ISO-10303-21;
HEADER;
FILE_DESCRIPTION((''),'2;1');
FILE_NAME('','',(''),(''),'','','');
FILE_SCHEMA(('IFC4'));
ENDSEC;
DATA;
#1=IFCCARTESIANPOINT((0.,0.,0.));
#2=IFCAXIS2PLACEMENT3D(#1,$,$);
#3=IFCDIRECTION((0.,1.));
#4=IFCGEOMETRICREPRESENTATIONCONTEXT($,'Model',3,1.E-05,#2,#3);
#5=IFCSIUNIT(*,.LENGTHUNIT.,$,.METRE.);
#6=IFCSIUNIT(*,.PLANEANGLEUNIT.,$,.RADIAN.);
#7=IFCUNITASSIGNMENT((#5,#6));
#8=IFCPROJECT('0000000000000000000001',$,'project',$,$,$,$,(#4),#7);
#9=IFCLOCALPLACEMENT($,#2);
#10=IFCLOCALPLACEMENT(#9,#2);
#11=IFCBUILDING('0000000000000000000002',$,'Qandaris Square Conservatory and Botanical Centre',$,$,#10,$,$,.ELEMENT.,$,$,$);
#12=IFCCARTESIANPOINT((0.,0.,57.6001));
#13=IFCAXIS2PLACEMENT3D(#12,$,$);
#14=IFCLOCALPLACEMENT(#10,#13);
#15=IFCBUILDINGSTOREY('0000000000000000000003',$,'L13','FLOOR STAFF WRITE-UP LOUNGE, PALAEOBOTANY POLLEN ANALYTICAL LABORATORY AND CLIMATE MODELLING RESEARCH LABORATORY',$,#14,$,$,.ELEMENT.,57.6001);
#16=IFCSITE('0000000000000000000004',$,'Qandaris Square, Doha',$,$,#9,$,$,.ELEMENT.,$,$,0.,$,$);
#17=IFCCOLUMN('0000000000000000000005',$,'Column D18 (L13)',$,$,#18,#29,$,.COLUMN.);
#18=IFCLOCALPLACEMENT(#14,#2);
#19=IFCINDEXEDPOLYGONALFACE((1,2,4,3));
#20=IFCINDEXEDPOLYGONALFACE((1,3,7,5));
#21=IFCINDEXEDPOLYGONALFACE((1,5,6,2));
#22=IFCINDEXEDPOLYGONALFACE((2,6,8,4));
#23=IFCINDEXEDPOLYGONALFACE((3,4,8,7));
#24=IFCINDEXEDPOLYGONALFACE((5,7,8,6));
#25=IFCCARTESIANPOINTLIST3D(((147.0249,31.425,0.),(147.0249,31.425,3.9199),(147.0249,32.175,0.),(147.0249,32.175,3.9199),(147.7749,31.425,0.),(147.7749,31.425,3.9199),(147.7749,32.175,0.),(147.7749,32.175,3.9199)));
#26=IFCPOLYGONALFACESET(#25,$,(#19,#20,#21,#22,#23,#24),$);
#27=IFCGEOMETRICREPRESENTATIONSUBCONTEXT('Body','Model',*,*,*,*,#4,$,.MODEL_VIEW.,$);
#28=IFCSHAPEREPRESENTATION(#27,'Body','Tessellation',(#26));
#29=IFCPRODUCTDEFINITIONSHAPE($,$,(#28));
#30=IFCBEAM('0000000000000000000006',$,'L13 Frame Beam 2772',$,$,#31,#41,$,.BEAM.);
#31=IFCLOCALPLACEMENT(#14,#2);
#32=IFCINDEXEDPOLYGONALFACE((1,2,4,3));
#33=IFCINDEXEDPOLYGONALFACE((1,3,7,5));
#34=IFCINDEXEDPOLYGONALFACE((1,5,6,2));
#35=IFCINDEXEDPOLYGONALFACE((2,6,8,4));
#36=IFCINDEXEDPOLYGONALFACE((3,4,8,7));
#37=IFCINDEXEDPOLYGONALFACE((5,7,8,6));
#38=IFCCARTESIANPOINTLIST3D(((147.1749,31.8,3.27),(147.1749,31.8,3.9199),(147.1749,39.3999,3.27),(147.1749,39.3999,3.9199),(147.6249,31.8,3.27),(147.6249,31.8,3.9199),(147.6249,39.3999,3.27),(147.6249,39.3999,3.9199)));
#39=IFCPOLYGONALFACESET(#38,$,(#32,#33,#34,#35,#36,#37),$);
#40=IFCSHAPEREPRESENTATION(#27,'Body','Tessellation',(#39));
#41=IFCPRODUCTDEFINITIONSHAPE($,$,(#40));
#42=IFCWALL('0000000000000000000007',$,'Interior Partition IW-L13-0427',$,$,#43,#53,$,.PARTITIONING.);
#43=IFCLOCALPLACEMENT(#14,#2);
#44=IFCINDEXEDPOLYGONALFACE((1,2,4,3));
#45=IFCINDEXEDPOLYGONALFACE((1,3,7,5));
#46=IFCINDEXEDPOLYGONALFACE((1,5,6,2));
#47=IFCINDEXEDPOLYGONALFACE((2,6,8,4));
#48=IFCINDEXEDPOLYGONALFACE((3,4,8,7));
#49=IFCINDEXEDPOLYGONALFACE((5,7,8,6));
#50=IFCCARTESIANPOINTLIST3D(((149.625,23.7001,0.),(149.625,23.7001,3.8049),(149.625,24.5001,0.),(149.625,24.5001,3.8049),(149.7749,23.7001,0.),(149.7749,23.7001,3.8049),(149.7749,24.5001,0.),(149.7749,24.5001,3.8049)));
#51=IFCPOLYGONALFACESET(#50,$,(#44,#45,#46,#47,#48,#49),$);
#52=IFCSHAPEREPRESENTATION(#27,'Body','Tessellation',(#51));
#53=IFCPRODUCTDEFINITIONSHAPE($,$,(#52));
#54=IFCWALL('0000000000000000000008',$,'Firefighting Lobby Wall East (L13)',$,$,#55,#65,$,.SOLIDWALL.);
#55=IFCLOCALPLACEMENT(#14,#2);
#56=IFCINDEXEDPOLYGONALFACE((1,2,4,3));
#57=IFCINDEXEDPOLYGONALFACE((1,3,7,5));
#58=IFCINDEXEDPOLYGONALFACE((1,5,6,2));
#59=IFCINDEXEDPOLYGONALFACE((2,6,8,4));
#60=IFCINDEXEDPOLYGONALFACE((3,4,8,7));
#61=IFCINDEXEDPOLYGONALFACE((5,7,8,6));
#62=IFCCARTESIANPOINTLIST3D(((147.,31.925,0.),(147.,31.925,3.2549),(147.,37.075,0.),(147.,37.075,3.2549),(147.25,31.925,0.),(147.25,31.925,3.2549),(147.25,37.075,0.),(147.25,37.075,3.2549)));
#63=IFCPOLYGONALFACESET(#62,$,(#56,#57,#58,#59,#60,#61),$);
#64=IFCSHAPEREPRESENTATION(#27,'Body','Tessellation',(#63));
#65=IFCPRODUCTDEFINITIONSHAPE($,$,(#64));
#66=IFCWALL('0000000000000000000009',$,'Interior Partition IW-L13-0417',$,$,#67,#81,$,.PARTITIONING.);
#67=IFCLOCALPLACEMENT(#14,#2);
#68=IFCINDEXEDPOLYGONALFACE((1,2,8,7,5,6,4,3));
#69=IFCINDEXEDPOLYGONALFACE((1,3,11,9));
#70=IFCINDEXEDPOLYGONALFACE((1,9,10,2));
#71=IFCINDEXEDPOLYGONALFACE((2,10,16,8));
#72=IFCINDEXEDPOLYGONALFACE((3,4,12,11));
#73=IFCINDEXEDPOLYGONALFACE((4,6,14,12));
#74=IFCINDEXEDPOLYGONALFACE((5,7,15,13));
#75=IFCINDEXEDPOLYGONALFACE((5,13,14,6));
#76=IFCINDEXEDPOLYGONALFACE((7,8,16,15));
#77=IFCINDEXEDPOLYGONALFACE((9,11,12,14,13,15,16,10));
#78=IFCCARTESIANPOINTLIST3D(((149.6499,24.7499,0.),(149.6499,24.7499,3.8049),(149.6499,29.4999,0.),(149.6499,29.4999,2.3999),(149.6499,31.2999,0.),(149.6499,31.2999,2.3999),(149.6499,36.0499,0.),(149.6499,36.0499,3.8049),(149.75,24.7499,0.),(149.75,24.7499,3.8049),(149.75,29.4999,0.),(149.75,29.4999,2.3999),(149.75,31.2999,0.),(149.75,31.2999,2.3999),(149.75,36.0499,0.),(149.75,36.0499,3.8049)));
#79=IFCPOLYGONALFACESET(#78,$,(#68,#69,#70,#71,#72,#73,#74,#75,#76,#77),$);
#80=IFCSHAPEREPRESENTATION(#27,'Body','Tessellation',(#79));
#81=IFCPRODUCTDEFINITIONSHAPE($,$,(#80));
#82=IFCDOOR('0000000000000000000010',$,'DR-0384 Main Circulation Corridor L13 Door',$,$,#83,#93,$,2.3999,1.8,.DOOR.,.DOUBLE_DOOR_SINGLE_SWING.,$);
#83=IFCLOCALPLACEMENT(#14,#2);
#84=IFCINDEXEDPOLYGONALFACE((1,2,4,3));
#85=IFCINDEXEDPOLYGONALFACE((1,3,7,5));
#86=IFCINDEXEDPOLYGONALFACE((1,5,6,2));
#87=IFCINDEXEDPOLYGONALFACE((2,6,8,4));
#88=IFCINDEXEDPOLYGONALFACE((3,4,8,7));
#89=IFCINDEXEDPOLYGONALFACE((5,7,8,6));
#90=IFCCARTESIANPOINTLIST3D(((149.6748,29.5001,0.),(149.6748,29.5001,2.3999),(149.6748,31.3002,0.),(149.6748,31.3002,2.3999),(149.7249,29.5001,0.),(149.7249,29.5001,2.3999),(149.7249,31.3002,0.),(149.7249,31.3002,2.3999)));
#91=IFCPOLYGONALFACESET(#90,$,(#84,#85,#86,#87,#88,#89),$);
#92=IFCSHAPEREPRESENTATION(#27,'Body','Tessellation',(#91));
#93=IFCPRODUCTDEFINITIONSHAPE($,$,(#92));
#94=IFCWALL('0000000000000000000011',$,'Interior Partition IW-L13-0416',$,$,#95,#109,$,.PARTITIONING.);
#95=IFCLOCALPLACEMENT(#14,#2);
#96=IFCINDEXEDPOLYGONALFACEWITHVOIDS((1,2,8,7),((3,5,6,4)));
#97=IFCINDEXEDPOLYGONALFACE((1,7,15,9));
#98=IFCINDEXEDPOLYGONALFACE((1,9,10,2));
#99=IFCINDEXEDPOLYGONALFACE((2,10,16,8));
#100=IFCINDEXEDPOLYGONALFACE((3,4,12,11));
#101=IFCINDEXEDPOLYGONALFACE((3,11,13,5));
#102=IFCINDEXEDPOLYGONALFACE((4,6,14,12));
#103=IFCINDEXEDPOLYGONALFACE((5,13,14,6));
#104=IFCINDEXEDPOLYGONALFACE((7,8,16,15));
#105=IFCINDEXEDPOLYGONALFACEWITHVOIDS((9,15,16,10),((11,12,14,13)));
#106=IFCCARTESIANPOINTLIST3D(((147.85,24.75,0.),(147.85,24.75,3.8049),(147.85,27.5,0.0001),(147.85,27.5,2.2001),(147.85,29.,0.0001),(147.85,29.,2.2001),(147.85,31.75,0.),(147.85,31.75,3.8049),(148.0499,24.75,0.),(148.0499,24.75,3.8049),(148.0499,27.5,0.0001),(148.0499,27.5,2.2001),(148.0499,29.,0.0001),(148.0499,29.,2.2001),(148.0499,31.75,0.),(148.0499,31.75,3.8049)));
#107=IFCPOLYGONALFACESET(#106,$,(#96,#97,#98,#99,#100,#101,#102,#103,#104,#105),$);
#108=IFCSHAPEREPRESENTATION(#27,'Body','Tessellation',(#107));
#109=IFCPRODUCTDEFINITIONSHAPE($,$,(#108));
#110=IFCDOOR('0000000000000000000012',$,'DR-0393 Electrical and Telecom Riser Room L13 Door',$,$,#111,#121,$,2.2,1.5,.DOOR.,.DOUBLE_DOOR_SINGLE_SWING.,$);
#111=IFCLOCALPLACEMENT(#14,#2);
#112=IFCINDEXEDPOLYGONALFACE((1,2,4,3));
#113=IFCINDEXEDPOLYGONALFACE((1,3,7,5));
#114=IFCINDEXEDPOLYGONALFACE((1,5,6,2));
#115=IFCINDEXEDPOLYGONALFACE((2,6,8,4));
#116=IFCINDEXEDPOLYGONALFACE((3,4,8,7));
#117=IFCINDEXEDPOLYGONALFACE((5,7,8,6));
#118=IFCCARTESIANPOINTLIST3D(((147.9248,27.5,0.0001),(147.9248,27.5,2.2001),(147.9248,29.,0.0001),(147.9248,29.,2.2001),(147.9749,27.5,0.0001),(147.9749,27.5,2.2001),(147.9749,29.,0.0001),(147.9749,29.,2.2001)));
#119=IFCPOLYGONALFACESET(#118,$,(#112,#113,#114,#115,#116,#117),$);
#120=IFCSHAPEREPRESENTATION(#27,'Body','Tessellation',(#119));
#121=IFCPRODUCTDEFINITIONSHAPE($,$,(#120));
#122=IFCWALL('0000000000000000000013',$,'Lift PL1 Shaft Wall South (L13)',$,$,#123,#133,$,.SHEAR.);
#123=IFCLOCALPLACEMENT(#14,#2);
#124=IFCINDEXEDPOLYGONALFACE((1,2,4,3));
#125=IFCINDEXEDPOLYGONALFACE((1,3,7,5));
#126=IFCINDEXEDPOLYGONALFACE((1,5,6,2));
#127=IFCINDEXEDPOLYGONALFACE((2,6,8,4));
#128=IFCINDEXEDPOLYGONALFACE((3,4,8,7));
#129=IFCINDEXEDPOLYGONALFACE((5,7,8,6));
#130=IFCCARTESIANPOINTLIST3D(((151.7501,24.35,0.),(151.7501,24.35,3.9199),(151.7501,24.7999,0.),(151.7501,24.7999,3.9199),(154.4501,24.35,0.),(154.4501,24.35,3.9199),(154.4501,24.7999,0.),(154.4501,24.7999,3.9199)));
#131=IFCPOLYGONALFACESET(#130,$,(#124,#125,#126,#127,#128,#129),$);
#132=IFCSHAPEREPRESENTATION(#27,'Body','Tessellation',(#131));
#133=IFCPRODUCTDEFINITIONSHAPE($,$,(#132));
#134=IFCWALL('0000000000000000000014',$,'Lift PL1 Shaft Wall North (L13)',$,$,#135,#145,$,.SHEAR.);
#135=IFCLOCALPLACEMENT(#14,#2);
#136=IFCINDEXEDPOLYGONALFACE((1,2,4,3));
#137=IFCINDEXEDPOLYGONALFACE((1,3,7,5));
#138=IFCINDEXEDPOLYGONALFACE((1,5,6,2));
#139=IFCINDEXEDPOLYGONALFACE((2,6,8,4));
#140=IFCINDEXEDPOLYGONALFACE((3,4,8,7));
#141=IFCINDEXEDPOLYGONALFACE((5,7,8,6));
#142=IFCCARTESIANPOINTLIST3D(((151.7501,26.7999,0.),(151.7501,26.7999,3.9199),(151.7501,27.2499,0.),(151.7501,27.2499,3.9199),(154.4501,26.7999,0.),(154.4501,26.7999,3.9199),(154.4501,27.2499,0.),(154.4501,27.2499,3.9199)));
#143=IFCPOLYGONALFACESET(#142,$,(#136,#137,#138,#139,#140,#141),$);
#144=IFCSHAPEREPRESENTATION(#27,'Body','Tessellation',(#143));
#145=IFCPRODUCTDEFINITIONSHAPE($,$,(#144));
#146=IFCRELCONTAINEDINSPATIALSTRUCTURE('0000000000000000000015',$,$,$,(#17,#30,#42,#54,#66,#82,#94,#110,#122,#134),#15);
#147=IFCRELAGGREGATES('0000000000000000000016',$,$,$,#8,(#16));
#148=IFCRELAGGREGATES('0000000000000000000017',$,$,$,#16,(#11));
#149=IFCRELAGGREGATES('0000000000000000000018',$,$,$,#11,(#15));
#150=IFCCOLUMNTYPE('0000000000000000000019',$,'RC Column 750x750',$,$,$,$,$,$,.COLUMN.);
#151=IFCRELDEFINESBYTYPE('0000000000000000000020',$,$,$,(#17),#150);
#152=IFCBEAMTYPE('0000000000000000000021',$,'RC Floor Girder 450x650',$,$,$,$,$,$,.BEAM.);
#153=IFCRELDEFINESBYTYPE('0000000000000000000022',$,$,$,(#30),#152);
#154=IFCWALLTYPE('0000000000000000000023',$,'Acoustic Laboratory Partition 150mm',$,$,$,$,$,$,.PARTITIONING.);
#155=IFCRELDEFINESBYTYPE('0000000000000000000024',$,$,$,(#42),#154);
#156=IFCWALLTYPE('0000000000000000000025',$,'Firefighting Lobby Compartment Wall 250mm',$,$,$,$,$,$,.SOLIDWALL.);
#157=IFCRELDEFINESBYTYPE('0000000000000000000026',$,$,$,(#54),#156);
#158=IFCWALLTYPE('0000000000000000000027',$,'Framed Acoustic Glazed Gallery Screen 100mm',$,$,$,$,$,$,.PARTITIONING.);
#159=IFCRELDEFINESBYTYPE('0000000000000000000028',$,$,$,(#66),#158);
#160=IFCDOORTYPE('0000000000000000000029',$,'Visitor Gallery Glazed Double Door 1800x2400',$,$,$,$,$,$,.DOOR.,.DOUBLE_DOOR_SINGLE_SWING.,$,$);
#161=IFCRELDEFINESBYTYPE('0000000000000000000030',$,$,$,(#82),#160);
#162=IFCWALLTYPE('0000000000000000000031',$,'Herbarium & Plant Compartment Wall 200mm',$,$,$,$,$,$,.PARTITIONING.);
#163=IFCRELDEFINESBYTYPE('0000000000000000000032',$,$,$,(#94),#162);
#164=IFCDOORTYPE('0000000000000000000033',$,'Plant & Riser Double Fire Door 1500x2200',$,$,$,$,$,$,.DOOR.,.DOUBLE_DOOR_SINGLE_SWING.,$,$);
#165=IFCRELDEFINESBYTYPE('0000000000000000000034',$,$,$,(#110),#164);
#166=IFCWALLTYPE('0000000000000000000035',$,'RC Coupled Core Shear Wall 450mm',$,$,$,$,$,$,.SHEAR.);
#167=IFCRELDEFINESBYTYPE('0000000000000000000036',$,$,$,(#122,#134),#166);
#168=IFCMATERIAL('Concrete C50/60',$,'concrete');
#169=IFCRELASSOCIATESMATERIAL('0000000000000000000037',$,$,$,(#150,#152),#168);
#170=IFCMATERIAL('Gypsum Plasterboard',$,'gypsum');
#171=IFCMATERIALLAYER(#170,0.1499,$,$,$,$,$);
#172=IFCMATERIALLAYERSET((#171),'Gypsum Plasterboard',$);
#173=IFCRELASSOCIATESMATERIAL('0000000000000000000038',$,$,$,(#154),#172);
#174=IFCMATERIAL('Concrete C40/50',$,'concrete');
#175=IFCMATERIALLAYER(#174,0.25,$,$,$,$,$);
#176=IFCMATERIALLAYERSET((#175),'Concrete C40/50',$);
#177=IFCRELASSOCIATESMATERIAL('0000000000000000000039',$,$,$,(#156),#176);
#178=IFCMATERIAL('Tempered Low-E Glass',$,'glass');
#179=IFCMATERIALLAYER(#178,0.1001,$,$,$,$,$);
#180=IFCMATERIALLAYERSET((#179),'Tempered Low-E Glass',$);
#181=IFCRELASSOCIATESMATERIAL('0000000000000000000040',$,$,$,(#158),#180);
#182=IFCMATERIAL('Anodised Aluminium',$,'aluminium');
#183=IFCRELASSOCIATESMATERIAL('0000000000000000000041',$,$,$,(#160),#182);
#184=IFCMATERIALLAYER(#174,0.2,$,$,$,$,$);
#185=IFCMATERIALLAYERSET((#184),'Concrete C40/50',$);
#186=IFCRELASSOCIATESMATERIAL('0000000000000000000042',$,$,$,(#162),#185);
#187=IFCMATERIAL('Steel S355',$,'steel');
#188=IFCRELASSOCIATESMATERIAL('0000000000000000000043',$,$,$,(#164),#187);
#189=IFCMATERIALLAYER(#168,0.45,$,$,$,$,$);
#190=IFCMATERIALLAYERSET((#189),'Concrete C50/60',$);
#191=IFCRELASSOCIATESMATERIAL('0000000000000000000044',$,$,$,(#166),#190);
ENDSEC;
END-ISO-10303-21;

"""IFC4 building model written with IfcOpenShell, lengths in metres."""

from ifc_helpers import new_model, si_unit, direction, frame, frame_2d, origin, origin_2d, place, context, subcontext, project, spatial, rectangle, extrude, material, layer, layer_set, material_profile, profile_set, type_object, element, fill, save


model = new_model("IFC4")

# Units and contexts
model_context = context("Model", 3, precision=1e-05, world=origin(), true_north=direction((0.0, 1.0)))
body_context = subcontext(model_context, "Body", "Model", "MODEL_VIEW")
ifc_project = project(units=[si_unit("LENGTHUNIT", "METRE"), si_unit("PLANEANGLEUNIT", "RADIAN")], contexts=[model_context])

# Site, building, storey
site_placement = place(None, origin())
site = spatial("IfcSite", under=ifc_project, at=site_placement, Name="Qandaris Square, Doha", CompositionType="ELEMENT", RefElevation=0.0)
building_placement = place(site_placement, origin())
building = spatial("IfcBuilding", under=site, at=building_placement, Name="Qandaris Square Conservatory and Botanical Centre", CompositionType="ELEMENT")
storey_placement = place(building_placement, frame((0.0, 0.0, 57.6001)))
storey = spatial("IfcBuildingStorey", under=building, at=storey_placement, Name="L13", Description="FLOOR STAFF WRITE-UP LOUNGE, PALAEOBOTANY POLLEN ANALYTICAL LABORATORY AND CLIMATE MODELLING RESEARCH LABORATORY", CompositionType="ELEMENT", Elevation=57.6001)

# Column
ifc_material_1 = material(Name="Concrete C50/60", Category="concrete")
ifc_material_profile_1 = material_profile(ifc_material_1, rectangle(XDim=0.75, YDim=0.75, at=origin_2d()), Name="RC-COL 750x750")
ifc_profile_set_1 = profile_set([ifc_material_profile_1], Name="Concrete C50/60")
column_type = type_object("IfcColumnType", Name="RC Column 750x750", PredefinedType="COLUMN", material=ifc_profile_set_1)
column_placement = place(storey_placement, frame((147.3999, 31.8, 0.0), z_axis=(0.0, 0.0, 1.0), x_axis=(1.0, 0.0, 0.0)))
element("IfcColumn", 1, at=column_placement, inside=storey, type_object=column_type, Name="Column D18 (L13)", PredefinedType="COLUMN", context=body_context, shape_type="SweptSolid", body=[
    extrude(rectangle(XDim=0.75, YDim=0.75, at=origin_2d()), origin(), (0.0, 0.0, 1.0), 3.9199),
])

# Beam
ifc_material_profile_2 = material_profile(ifc_material_1, rectangle(XDim=0.45, YDim=0.6499, at=origin_2d()), Name="RC-BM 450x650")
ifc_profile_set_2 = profile_set([ifc_material_profile_2], Name="Concrete C50/60")
beam_type = type_object("IfcBeamType", Name="RC Floor Girder 450x650", PredefinedType="BEAM", material=ifc_profile_set_2)
beam_placement = place(storey_placement, frame((147.3999, 31.8, 3.595), z_axis=(0.0, 1.0, 0.0), x_axis=(-1.0, 0.0, 0.0)))
element("IfcBeam", 2, at=beam_placement, inside=storey, type_object=beam_type, Name="L13 Frame Beam 2772", PredefinedType="BEAM", context=body_context, shape_type="SweptSolid", body=[
    extrude(rectangle(XDim=0.45, YDim=0.6499, at=origin_2d()), origin(), (0.0, 0.0, 1.0), 7.5999),
])

# Walls
ifc_material_2 = material(Name="Gypsum Plasterboard", Category="gypsum")
ifc_layer_1 = layer(ifc_material_2, 0.1499)
ifc_layer_set_1 = layer_set([ifc_layer_1], Name="Gypsum Plasterboard")
wall_type_1 = type_object("IfcWallType", Name="Acoustic Laboratory Partition 150mm", PredefinedType="PARTITIONING", material=ifc_layer_set_1)
wall_1_placement = place(storey_placement, frame((149.7, 24.5, 0.0), z_axis=(0.0, 0.0, 1.0), x_axis=(0.0, -1.0, 0.0)))
element("IfcWall", 3, at=wall_1_placement, inside=storey, type_object=wall_type_1, Name="Interior Partition IW-L13-0427", PredefinedType="PARTITIONING", context=body_context, shape_type="SweptSolid", body=[
    extrude(rectangle(XDim=0.8, YDim=0.1499, at=frame_2d((0.3999, 0.0))), origin(), (0.0, 0.0, 1.0), 3.8049),
])
ifc_material_3 = material(Name="Concrete C40/50", Category="concrete")
ifc_layer_2 = layer(ifc_material_3, 0.25)
ifc_layer_set_2 = layer_set([ifc_layer_2], Name="Concrete C40/50")
wall_type_2 = type_object("IfcWallType", Name="Firefighting Lobby Compartment Wall 250mm", PredefinedType="SOLIDWALL", material=ifc_layer_set_2)
wall_2_placement = place(storey_placement, frame((147.125, 31.925, 0.0), z_axis=(0.0, 0.0, 1.0), x_axis=(0.0, 1.0, 0.0)))
element("IfcWall", 4, at=wall_2_placement, inside=storey, type_object=wall_type_2, Name="Firefighting Lobby Wall East (L13)", PredefinedType="SOLIDWALL", context=body_context, shape_type="SweptSolid", body=[
    extrude(rectangle(XDim=5.1499, YDim=0.25, at=frame_2d((2.575, 0.0))), origin(), (0.0, 0.0, 1.0), 3.2549),
])

# Walls, openings, doors
ifc_material_4 = material(Name="Tempered Low-E Glass", Category="glass")
ifc_layer_3 = layer(ifc_material_4, 0.1001)
ifc_layer_set_3 = layer_set([ifc_layer_3], Name="Tempered Low-E Glass")
wall_type_3 = type_object("IfcWallType", Name="Framed Acoustic Glazed Gallery Screen 100mm", PredefinedType="PARTITIONING", material=ifc_layer_set_3)
wall_3_placement = place(storey_placement, frame((149.7, 24.75, 0.0), z_axis=(0.0, 0.0, 1.0), x_axis=(0.0, 1.0, 0.0)))
wall_3 = element("IfcWall", 5, at=wall_3_placement, inside=storey, type_object=wall_type_3, Name="Interior Partition IW-L13-0417", PredefinedType="PARTITIONING", context=body_context, shape_type="SweptSolid", body=[
    extrude(rectangle(XDim=11.3, YDim=0.1001, at=frame_2d((5.6499, 0.0))), origin(), (0.0, 0.0, 1.0), 3.8049),
])
opening_1_placement = place(wall_3_placement, frame((4.75, 0.0, 0.0)))
opening_1 = element("IfcOpeningElement", 6, at=opening_1_placement, cuts=wall_3, PredefinedType="OPENING", context=body_context, shape_type="SweptSolid", body=[
    extrude(rectangle(XDim=1.8, YDim=2.3999, at=frame_2d((0.8999, 1.2))), frame((0.0, 0.062, 0.0), z_axis=(0.0, -1.0, 0.0), x_axis=(1.0, 0.0, 0.0)), (0.0, 0.0, 1.0), 0.124),
])
ifc_material_5 = material(Name="Anodised Aluminium", Category="aluminium")
door_type_1 = type_object("IfcDoorType", Name="Visitor Gallery Glazed Double Door 1800x2400", OperationType="DOUBLE_DOOR_SINGLE_SWING", PredefinedType="DOOR", material=ifc_material_5)
door_1_placement = place(opening_1_placement, frame((1.8, 0.0, 0.0), z_axis=(0.0, 0.0, 1.0), x_axis=(-1.0, 0.0, 0.0)))
door_1 = element("IfcDoor", 7, at=door_1_placement, inside=storey, type_object=door_type_1, Name="DR-0384 Main Circulation Corridor L13 Door", OperationType="DOUBLE_DOOR_SINGLE_SWING", OverallHeight=2.3999, OverallWidth=1.8, PredefinedType="DOOR", context=body_context, shape_type="SweptSolid", body=[
    extrude(rectangle(XDim=1.8, YDim=2.3999, at=frame_2d((0.8999, 1.2))), frame((0.0, 0.0249, 0.0), z_axis=(0.0, -1.0, 0.0), x_axis=(1.0, 0.0, 0.0)), (0.0, 0.0, 1.0), 0.05),
])
fill(opening_1, door_1)
ifc_layer_4 = layer(ifc_material_3, 0.2)
ifc_layer_set_4 = layer_set([ifc_layer_4], Name="Concrete C40/50")
wall_type_4 = type_object("IfcWallType", Name="Herbarium & Plant Compartment Wall 200mm", PredefinedType="PARTITIONING", material=ifc_layer_set_4)
wall_4_placement = place(storey_placement, frame((147.95, 31.75, 0.0), z_axis=(0.0, 0.0, 1.0), x_axis=(0.0, -1.0, 0.0)))
wall_4 = element("IfcWall", 8, at=wall_4_placement, inside=storey, type_object=wall_type_4, Name="Interior Partition IW-L13-0416", PredefinedType="PARTITIONING", context=body_context, shape_type="SweptSolid", body=[
    extrude(rectangle(XDim=7.0, YDim=0.2, at=frame_2d((3.5, 0.0))), origin(), (0.0, 0.0, 1.0), 3.8049),
])
opening_2_placement = place(wall_4_placement, frame((2.75, 0.0, 0.0)))
opening_2 = element("IfcOpeningElement", 9, at=opening_2_placement, cuts=wall_4, PredefinedType="OPENING", context=body_context, shape_type="SweptSolid", body=[
    extrude(rectangle(XDim=1.5, YDim=2.2, at=frame_2d((0.75, 1.1001))), frame((0.0, 0.1118, 0.0), z_axis=(0.0, -1.0, 0.0), x_axis=(1.0, 0.0, 0.0)), (0.0, 0.0, 1.0), 0.2239),
])
ifc_material_6 = material(Name="Steel S355", Category="steel")
door_type_2 = type_object("IfcDoorType", Name="Plant & Riser Double Fire Door 1500x2200", OperationType="DOUBLE_DOOR_SINGLE_SWING", PredefinedType="DOOR", material=ifc_material_6)
door_2_placement = place(opening_2_placement, origin())
door_2 = element("IfcDoor", 10, at=door_2_placement, inside=storey, type_object=door_type_2, Name="DR-0393 Electrical and Telecom Riser Room L13 Door", OperationType="DOUBLE_DOOR_SINGLE_SWING", OverallHeight=2.2, OverallWidth=1.5, PredefinedType="DOOR", context=body_context, shape_type="SweptSolid", body=[
    extrude(rectangle(XDim=1.5, YDim=2.2, at=frame_2d((0.75, 1.1001))), frame((0.0, 0.0249, 0.0), z_axis=(0.0, -1.0, 0.0), x_axis=(1.0, 0.0, 0.0)), (0.0, 0.0, 1.0), 0.05),
])
fill(opening_2, door_2)

# Walls
ifc_layer_5 = layer(ifc_material_1, 0.45)
ifc_layer_set_5 = layer_set([ifc_layer_5], Name="Concrete C50/60")
wall_type_5 = type_object("IfcWallType", Name="RC Coupled Core Shear Wall 450mm", PredefinedType="SHEAR", material=ifc_layer_set_5)
for number, where, z_axis, x_axis, name in (
    (11, (151.75, 24.575, 0.0), (0.0, 0.0, 1.0), (1.0, 0.0, 0.0), "Lift PL1 Shaft Wall South (L13)"),
    (12, (151.75, 27.0249, 0.0), (0.0, 0.0, 1.0), (1.0, 0.0, 0.0), "Lift PL1 Shaft Wall North (L13)"),
):
    element("IfcWall", number, at=place(storey_placement, frame(where, z_axis=z_axis, x_axis=x_axis)), inside=storey, type_object=wall_type_5, Name=name, PredefinedType="SHEAR", context=body_context, shape_type="SweptSolid", body=[
        extrude(rectangle(XDim=2.7, YDim=0.45, at=frame_2d((1.3501, 0.0))), origin(), (0.0, 0.0, 1.0), 3.9199),
    ])

save(model, "model.ifc")
